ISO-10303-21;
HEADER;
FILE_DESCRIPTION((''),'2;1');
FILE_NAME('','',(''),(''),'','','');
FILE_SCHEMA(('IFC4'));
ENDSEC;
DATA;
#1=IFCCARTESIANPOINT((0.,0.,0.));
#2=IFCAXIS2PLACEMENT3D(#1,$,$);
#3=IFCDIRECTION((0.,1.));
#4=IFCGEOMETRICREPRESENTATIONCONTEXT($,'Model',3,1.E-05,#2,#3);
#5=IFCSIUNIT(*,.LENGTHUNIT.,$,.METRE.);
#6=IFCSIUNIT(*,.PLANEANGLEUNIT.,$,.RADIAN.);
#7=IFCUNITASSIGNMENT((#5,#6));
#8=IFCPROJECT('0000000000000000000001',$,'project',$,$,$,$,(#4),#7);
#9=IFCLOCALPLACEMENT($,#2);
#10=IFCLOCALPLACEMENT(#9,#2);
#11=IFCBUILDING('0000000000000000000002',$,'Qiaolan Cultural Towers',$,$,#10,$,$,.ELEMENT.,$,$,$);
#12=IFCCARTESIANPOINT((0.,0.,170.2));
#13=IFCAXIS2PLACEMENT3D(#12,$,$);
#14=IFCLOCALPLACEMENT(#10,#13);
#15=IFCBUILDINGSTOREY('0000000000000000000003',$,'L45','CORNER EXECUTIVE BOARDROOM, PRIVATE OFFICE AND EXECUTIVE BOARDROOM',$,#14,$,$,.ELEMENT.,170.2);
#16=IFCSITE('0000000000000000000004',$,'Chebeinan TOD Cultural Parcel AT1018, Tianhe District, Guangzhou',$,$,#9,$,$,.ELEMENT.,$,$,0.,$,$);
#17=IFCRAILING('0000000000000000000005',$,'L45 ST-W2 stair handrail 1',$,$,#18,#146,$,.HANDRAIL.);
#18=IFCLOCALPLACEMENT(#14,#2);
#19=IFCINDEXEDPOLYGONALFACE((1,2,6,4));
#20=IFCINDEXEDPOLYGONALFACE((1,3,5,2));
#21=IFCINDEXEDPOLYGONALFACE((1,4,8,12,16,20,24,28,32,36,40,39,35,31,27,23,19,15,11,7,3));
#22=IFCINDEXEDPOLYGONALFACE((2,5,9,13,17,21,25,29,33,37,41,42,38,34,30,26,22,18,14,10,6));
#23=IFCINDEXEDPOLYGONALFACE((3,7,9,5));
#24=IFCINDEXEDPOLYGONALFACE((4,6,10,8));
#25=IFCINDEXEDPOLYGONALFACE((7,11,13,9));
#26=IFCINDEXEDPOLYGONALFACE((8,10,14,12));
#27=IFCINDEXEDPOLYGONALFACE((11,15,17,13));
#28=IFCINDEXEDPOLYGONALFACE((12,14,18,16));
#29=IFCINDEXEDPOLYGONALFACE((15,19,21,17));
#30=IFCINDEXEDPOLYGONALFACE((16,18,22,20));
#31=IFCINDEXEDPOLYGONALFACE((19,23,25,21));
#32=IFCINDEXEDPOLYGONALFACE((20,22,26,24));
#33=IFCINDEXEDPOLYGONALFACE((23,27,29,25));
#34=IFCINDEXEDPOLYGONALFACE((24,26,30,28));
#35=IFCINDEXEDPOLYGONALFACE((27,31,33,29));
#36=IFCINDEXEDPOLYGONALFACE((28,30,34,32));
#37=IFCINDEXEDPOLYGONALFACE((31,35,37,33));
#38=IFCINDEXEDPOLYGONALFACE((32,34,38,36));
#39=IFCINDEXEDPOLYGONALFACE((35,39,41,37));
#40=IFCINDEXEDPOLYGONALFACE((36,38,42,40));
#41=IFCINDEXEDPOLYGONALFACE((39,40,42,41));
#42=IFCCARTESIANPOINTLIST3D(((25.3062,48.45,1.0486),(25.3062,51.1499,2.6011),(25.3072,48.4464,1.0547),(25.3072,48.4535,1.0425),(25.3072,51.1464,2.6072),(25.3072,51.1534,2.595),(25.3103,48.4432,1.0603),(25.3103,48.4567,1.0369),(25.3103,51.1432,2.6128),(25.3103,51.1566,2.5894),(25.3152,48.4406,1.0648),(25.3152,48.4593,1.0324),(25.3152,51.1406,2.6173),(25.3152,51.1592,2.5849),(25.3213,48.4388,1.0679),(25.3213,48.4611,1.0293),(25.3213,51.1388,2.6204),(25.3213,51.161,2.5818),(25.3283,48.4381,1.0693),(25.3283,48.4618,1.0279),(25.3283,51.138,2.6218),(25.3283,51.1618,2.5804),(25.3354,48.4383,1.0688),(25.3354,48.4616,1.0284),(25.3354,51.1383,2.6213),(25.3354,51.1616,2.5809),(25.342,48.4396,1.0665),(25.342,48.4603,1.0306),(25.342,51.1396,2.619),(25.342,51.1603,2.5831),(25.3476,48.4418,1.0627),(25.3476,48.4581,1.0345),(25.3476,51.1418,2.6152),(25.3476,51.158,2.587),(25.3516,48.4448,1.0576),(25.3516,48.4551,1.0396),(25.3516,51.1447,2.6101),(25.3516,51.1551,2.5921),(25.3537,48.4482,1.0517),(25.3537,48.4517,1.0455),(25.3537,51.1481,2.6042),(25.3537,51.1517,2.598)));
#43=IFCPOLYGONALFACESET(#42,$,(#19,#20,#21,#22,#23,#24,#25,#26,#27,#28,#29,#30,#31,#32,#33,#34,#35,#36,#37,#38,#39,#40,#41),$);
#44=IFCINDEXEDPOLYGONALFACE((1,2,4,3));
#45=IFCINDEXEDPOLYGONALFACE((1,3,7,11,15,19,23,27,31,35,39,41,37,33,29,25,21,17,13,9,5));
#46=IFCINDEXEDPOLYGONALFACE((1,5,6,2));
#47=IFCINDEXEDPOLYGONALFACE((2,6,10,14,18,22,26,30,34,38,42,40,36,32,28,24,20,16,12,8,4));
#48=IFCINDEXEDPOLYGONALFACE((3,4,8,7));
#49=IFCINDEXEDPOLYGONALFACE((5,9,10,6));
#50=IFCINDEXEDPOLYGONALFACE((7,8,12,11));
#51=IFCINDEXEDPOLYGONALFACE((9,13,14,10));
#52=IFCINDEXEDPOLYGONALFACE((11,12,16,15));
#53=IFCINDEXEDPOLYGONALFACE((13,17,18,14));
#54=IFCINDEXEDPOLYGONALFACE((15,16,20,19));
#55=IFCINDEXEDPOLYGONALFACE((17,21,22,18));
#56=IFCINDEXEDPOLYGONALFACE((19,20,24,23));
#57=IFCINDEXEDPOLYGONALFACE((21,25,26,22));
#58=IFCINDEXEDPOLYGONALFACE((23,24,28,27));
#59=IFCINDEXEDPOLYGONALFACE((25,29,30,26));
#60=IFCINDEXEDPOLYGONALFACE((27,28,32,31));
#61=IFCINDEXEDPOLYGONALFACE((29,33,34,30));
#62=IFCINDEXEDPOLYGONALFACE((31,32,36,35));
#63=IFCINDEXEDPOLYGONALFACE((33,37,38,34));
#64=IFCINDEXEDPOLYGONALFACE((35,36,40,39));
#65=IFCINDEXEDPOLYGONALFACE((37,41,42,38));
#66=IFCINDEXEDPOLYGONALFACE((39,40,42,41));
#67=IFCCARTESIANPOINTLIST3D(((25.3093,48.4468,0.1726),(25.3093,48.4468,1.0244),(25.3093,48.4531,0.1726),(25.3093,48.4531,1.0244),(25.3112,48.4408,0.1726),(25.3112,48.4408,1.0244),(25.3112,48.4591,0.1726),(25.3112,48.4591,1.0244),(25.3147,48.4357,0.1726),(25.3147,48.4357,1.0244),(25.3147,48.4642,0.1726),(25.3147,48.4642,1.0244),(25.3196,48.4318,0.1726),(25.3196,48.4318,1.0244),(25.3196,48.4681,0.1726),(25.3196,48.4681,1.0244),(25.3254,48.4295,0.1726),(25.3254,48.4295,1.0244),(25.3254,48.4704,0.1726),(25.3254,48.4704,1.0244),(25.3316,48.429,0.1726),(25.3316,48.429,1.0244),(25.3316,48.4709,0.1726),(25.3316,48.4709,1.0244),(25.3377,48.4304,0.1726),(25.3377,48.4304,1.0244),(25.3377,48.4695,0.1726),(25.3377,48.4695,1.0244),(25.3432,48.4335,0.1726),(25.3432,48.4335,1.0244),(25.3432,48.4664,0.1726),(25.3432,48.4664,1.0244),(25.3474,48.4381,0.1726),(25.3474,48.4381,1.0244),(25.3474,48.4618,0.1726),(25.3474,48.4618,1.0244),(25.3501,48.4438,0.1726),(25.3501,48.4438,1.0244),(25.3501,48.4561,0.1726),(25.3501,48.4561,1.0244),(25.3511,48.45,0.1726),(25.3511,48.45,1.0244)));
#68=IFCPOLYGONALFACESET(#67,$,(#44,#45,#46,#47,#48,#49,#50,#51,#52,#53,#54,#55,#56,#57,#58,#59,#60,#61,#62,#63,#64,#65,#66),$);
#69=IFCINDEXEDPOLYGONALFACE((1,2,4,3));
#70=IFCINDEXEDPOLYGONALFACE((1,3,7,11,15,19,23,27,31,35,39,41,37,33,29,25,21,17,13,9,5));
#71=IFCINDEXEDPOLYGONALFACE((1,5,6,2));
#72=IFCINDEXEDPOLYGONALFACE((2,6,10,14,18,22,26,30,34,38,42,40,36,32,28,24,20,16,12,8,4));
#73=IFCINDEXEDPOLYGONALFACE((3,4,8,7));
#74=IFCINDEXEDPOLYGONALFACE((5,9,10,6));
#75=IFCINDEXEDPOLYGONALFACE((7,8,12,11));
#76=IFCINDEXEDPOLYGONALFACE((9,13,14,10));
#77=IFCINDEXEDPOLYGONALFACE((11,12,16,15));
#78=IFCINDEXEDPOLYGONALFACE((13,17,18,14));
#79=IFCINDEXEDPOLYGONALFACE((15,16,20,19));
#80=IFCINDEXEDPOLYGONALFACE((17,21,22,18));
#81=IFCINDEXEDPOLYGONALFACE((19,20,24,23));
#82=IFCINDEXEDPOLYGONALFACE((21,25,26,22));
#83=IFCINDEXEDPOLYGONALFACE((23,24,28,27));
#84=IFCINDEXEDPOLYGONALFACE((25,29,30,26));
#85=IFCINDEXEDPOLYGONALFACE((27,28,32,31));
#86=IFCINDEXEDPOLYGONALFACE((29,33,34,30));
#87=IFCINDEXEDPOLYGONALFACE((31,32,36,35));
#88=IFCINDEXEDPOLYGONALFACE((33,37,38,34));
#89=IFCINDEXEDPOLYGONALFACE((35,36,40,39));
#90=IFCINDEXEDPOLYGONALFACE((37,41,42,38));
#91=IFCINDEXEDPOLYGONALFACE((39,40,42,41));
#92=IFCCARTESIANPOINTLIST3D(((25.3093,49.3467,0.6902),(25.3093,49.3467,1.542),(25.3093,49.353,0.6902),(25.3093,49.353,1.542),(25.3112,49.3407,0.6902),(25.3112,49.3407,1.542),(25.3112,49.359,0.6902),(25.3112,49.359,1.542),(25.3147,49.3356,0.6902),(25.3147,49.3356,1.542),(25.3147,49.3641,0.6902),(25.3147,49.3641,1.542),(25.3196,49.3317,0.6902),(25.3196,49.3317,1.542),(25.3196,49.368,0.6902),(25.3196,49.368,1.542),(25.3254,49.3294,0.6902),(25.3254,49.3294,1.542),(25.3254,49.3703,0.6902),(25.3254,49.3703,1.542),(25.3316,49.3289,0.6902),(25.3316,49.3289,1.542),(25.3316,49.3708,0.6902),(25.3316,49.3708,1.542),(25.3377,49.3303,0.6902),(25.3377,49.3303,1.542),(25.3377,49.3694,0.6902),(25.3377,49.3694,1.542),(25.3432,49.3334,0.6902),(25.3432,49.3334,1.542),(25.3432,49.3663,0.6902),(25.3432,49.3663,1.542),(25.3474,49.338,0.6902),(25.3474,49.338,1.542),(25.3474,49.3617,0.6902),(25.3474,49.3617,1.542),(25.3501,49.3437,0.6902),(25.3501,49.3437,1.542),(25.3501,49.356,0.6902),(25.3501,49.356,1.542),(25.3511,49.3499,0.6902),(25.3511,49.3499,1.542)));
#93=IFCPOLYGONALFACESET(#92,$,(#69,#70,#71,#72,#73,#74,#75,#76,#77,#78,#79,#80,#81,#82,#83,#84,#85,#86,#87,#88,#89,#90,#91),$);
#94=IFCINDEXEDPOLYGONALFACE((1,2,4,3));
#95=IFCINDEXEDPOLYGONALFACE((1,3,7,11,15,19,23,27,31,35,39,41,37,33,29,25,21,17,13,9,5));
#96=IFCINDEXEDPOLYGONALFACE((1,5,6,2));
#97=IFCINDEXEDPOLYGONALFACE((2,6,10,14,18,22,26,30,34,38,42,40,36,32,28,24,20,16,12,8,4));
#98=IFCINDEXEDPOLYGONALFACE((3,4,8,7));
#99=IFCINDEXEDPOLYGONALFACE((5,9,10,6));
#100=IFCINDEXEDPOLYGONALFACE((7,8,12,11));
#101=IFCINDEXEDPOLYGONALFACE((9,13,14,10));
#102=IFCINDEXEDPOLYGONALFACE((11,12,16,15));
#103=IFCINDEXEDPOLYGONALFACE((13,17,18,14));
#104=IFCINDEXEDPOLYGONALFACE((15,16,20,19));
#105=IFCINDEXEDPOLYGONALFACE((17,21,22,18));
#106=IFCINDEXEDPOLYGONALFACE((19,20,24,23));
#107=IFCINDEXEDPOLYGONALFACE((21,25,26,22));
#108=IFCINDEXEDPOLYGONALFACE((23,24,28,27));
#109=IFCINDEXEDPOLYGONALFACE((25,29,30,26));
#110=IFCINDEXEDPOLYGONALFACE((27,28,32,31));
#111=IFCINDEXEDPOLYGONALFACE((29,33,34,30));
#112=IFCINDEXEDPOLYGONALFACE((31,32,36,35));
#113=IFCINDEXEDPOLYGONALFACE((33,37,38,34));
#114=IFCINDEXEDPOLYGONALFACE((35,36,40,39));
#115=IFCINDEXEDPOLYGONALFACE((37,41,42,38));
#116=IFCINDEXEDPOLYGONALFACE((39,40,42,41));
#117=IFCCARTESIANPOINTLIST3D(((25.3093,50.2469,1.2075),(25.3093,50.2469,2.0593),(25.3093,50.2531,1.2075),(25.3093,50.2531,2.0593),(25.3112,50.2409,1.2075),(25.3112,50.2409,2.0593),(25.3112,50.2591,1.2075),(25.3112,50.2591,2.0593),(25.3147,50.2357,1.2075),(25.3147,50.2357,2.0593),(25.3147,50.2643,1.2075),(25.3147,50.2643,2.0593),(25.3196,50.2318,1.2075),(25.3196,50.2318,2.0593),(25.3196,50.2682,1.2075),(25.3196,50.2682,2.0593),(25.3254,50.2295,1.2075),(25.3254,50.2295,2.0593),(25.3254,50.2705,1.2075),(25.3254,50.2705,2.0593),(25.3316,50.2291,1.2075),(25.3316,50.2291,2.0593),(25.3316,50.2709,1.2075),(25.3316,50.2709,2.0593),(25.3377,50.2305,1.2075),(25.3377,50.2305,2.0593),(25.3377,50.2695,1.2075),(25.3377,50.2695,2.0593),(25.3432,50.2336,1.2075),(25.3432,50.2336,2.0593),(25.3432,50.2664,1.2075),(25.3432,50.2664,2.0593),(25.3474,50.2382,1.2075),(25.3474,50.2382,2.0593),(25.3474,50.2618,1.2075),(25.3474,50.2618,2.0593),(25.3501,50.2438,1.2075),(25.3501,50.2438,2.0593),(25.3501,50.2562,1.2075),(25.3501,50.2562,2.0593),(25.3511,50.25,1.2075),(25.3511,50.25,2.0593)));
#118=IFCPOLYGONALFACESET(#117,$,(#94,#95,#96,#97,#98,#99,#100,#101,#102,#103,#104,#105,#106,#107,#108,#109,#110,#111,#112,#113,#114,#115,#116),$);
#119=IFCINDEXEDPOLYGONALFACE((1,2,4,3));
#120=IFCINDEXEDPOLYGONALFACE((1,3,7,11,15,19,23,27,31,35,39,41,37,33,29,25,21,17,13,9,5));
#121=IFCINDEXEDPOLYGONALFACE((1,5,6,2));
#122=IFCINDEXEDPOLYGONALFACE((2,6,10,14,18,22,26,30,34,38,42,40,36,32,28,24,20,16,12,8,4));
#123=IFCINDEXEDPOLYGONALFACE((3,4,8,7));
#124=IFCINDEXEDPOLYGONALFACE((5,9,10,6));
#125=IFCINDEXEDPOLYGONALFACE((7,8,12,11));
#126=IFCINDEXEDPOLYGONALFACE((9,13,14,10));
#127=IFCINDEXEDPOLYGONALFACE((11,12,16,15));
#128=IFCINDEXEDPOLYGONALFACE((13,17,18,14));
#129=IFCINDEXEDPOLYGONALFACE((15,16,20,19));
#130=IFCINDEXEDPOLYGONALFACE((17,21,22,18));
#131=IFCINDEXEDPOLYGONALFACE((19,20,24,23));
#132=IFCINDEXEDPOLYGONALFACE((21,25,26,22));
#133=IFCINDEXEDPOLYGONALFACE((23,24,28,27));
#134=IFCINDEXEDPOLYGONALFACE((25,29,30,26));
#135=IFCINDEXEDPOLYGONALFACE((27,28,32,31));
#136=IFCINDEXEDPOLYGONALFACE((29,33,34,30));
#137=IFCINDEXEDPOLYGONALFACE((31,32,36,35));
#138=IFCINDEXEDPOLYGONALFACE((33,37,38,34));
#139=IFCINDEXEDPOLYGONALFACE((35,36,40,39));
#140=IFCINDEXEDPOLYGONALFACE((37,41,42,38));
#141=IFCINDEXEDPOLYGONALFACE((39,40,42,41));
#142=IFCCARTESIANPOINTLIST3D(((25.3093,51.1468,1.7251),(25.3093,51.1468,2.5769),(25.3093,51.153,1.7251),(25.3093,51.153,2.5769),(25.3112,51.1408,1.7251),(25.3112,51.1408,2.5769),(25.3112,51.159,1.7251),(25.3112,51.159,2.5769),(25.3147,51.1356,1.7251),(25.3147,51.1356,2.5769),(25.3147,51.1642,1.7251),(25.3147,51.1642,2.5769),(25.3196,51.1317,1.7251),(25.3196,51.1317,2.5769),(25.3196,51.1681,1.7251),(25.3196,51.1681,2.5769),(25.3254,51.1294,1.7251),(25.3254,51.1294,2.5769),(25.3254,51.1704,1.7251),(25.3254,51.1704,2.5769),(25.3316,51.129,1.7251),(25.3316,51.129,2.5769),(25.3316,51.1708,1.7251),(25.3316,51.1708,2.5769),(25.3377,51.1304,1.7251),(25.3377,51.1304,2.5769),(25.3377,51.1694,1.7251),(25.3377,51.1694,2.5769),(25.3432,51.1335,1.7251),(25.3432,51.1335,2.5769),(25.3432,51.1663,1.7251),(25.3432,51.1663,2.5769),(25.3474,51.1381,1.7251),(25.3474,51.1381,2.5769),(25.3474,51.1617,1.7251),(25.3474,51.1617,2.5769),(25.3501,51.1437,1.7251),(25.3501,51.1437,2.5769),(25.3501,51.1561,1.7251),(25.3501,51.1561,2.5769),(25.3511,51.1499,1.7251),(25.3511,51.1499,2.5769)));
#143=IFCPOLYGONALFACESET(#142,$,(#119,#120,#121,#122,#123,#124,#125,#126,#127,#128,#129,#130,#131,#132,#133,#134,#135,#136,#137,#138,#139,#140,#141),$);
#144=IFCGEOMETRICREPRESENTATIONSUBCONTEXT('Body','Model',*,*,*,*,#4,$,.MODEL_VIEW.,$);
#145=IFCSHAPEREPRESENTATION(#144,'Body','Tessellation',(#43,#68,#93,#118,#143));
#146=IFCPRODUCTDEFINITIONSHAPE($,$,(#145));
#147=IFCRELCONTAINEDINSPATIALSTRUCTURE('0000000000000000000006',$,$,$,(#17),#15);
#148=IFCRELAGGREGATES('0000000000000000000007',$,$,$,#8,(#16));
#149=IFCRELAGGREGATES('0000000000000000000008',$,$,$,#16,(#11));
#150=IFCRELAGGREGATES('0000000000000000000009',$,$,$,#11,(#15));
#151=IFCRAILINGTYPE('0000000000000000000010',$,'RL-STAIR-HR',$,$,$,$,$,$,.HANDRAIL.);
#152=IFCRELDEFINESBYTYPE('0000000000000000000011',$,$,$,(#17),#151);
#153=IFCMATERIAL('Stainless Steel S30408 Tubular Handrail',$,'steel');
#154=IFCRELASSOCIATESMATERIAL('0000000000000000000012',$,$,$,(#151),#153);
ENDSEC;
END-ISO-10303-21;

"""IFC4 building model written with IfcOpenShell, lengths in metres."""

from ifc_helpers import new_model, si_unit, direction, frame, origin, origin_2d, place, context, subcontext, project, spatial, circle, extrude, material, type_object, element, save


model = new_model("IFC4")

# Units and contexts
model_context = context("Model", 3, precision=1e-05, world=origin(), true_north=direction((0.0, 1.0)))
body_context = subcontext(model_context, "Body", "Model", "MODEL_VIEW")
ifc_project = project(units=[si_unit("LENGTHUNIT", "METRE"), si_unit("PLANEANGLEUNIT", "RADIAN")], contexts=[model_context])

# Site, building, storey
site_placement = place(None, origin())
site = spatial("IfcSite", under=ifc_project, at=site_placement, Name="Chebeinan TOD Cultural Parcel AT1018, Tianhe District, Guangzhou", CompositionType="ELEMENT", RefElevation=0.0)
building_placement = place(site_placement, origin())
building = spatial("IfcBuilding", under=site, at=building_placement, Name="Qiaolan Cultural Towers", CompositionType="ELEMENT")
storey_placement = place(building_placement, frame((0.0, 0.0, 170.2)))
storey = spatial("IfcBuildingStorey", under=building, at=storey_placement, Name="L45", Description="CORNER EXECUTIVE BOARDROOM, PRIVATE OFFICE AND EXECUTIVE BOARDROOM", CompositionType="ELEMENT", Elevation=170.2)

# Railing
ifc_material_1 = material(Name="Stainless Steel S30408 Tubular Handrail", Category="steel")
railing_type = type_object("IfcRailingType", Name="RL-STAIR-HR", PredefinedType="HANDRAIL", material=ifc_material_1)
railing_placement = place(storey_placement, frame((25.3301, 48.45, 0.1726)))
element("IfcRailing", 1, at=railing_placement, inside=storey, type_object=railing_type, Name="L45 ST-W2 stair handrail 1", PredefinedType="HANDRAIL", context=body_context, shape_type="SweptSolid", body=[
    extrude(circle(Radius=0.0239, at=origin_2d()), frame((0.0, 0.0, 0.876), z_axis=(0.0, 0.866904, 0.498476), x_axis=(-1.0, 0.0, 0.0)), (0.0, 0.0, 1.0), 3.1145),
    extrude(circle(Radius=0.021, at=origin_2d()), origin(), (0.0, 0.0, 1.0), 0.8518),
    extrude(circle(Radius=0.021, at=origin_2d()), frame((0.0, 0.8999, 0.5176)), (0.0, 0.0, 1.0), 0.8518),
    extrude(circle(Radius=0.021, at=origin_2d()), frame((0.0, 1.8, 1.0349)), (0.0, 0.0, 1.0), 0.8518),
    extrude(circle(Radius=0.021, at=origin_2d()), frame((0.0, 2.7, 1.5525)), (0.0, 0.0, 1.0), 0.8518),
])

save(model, "model.ifc")
